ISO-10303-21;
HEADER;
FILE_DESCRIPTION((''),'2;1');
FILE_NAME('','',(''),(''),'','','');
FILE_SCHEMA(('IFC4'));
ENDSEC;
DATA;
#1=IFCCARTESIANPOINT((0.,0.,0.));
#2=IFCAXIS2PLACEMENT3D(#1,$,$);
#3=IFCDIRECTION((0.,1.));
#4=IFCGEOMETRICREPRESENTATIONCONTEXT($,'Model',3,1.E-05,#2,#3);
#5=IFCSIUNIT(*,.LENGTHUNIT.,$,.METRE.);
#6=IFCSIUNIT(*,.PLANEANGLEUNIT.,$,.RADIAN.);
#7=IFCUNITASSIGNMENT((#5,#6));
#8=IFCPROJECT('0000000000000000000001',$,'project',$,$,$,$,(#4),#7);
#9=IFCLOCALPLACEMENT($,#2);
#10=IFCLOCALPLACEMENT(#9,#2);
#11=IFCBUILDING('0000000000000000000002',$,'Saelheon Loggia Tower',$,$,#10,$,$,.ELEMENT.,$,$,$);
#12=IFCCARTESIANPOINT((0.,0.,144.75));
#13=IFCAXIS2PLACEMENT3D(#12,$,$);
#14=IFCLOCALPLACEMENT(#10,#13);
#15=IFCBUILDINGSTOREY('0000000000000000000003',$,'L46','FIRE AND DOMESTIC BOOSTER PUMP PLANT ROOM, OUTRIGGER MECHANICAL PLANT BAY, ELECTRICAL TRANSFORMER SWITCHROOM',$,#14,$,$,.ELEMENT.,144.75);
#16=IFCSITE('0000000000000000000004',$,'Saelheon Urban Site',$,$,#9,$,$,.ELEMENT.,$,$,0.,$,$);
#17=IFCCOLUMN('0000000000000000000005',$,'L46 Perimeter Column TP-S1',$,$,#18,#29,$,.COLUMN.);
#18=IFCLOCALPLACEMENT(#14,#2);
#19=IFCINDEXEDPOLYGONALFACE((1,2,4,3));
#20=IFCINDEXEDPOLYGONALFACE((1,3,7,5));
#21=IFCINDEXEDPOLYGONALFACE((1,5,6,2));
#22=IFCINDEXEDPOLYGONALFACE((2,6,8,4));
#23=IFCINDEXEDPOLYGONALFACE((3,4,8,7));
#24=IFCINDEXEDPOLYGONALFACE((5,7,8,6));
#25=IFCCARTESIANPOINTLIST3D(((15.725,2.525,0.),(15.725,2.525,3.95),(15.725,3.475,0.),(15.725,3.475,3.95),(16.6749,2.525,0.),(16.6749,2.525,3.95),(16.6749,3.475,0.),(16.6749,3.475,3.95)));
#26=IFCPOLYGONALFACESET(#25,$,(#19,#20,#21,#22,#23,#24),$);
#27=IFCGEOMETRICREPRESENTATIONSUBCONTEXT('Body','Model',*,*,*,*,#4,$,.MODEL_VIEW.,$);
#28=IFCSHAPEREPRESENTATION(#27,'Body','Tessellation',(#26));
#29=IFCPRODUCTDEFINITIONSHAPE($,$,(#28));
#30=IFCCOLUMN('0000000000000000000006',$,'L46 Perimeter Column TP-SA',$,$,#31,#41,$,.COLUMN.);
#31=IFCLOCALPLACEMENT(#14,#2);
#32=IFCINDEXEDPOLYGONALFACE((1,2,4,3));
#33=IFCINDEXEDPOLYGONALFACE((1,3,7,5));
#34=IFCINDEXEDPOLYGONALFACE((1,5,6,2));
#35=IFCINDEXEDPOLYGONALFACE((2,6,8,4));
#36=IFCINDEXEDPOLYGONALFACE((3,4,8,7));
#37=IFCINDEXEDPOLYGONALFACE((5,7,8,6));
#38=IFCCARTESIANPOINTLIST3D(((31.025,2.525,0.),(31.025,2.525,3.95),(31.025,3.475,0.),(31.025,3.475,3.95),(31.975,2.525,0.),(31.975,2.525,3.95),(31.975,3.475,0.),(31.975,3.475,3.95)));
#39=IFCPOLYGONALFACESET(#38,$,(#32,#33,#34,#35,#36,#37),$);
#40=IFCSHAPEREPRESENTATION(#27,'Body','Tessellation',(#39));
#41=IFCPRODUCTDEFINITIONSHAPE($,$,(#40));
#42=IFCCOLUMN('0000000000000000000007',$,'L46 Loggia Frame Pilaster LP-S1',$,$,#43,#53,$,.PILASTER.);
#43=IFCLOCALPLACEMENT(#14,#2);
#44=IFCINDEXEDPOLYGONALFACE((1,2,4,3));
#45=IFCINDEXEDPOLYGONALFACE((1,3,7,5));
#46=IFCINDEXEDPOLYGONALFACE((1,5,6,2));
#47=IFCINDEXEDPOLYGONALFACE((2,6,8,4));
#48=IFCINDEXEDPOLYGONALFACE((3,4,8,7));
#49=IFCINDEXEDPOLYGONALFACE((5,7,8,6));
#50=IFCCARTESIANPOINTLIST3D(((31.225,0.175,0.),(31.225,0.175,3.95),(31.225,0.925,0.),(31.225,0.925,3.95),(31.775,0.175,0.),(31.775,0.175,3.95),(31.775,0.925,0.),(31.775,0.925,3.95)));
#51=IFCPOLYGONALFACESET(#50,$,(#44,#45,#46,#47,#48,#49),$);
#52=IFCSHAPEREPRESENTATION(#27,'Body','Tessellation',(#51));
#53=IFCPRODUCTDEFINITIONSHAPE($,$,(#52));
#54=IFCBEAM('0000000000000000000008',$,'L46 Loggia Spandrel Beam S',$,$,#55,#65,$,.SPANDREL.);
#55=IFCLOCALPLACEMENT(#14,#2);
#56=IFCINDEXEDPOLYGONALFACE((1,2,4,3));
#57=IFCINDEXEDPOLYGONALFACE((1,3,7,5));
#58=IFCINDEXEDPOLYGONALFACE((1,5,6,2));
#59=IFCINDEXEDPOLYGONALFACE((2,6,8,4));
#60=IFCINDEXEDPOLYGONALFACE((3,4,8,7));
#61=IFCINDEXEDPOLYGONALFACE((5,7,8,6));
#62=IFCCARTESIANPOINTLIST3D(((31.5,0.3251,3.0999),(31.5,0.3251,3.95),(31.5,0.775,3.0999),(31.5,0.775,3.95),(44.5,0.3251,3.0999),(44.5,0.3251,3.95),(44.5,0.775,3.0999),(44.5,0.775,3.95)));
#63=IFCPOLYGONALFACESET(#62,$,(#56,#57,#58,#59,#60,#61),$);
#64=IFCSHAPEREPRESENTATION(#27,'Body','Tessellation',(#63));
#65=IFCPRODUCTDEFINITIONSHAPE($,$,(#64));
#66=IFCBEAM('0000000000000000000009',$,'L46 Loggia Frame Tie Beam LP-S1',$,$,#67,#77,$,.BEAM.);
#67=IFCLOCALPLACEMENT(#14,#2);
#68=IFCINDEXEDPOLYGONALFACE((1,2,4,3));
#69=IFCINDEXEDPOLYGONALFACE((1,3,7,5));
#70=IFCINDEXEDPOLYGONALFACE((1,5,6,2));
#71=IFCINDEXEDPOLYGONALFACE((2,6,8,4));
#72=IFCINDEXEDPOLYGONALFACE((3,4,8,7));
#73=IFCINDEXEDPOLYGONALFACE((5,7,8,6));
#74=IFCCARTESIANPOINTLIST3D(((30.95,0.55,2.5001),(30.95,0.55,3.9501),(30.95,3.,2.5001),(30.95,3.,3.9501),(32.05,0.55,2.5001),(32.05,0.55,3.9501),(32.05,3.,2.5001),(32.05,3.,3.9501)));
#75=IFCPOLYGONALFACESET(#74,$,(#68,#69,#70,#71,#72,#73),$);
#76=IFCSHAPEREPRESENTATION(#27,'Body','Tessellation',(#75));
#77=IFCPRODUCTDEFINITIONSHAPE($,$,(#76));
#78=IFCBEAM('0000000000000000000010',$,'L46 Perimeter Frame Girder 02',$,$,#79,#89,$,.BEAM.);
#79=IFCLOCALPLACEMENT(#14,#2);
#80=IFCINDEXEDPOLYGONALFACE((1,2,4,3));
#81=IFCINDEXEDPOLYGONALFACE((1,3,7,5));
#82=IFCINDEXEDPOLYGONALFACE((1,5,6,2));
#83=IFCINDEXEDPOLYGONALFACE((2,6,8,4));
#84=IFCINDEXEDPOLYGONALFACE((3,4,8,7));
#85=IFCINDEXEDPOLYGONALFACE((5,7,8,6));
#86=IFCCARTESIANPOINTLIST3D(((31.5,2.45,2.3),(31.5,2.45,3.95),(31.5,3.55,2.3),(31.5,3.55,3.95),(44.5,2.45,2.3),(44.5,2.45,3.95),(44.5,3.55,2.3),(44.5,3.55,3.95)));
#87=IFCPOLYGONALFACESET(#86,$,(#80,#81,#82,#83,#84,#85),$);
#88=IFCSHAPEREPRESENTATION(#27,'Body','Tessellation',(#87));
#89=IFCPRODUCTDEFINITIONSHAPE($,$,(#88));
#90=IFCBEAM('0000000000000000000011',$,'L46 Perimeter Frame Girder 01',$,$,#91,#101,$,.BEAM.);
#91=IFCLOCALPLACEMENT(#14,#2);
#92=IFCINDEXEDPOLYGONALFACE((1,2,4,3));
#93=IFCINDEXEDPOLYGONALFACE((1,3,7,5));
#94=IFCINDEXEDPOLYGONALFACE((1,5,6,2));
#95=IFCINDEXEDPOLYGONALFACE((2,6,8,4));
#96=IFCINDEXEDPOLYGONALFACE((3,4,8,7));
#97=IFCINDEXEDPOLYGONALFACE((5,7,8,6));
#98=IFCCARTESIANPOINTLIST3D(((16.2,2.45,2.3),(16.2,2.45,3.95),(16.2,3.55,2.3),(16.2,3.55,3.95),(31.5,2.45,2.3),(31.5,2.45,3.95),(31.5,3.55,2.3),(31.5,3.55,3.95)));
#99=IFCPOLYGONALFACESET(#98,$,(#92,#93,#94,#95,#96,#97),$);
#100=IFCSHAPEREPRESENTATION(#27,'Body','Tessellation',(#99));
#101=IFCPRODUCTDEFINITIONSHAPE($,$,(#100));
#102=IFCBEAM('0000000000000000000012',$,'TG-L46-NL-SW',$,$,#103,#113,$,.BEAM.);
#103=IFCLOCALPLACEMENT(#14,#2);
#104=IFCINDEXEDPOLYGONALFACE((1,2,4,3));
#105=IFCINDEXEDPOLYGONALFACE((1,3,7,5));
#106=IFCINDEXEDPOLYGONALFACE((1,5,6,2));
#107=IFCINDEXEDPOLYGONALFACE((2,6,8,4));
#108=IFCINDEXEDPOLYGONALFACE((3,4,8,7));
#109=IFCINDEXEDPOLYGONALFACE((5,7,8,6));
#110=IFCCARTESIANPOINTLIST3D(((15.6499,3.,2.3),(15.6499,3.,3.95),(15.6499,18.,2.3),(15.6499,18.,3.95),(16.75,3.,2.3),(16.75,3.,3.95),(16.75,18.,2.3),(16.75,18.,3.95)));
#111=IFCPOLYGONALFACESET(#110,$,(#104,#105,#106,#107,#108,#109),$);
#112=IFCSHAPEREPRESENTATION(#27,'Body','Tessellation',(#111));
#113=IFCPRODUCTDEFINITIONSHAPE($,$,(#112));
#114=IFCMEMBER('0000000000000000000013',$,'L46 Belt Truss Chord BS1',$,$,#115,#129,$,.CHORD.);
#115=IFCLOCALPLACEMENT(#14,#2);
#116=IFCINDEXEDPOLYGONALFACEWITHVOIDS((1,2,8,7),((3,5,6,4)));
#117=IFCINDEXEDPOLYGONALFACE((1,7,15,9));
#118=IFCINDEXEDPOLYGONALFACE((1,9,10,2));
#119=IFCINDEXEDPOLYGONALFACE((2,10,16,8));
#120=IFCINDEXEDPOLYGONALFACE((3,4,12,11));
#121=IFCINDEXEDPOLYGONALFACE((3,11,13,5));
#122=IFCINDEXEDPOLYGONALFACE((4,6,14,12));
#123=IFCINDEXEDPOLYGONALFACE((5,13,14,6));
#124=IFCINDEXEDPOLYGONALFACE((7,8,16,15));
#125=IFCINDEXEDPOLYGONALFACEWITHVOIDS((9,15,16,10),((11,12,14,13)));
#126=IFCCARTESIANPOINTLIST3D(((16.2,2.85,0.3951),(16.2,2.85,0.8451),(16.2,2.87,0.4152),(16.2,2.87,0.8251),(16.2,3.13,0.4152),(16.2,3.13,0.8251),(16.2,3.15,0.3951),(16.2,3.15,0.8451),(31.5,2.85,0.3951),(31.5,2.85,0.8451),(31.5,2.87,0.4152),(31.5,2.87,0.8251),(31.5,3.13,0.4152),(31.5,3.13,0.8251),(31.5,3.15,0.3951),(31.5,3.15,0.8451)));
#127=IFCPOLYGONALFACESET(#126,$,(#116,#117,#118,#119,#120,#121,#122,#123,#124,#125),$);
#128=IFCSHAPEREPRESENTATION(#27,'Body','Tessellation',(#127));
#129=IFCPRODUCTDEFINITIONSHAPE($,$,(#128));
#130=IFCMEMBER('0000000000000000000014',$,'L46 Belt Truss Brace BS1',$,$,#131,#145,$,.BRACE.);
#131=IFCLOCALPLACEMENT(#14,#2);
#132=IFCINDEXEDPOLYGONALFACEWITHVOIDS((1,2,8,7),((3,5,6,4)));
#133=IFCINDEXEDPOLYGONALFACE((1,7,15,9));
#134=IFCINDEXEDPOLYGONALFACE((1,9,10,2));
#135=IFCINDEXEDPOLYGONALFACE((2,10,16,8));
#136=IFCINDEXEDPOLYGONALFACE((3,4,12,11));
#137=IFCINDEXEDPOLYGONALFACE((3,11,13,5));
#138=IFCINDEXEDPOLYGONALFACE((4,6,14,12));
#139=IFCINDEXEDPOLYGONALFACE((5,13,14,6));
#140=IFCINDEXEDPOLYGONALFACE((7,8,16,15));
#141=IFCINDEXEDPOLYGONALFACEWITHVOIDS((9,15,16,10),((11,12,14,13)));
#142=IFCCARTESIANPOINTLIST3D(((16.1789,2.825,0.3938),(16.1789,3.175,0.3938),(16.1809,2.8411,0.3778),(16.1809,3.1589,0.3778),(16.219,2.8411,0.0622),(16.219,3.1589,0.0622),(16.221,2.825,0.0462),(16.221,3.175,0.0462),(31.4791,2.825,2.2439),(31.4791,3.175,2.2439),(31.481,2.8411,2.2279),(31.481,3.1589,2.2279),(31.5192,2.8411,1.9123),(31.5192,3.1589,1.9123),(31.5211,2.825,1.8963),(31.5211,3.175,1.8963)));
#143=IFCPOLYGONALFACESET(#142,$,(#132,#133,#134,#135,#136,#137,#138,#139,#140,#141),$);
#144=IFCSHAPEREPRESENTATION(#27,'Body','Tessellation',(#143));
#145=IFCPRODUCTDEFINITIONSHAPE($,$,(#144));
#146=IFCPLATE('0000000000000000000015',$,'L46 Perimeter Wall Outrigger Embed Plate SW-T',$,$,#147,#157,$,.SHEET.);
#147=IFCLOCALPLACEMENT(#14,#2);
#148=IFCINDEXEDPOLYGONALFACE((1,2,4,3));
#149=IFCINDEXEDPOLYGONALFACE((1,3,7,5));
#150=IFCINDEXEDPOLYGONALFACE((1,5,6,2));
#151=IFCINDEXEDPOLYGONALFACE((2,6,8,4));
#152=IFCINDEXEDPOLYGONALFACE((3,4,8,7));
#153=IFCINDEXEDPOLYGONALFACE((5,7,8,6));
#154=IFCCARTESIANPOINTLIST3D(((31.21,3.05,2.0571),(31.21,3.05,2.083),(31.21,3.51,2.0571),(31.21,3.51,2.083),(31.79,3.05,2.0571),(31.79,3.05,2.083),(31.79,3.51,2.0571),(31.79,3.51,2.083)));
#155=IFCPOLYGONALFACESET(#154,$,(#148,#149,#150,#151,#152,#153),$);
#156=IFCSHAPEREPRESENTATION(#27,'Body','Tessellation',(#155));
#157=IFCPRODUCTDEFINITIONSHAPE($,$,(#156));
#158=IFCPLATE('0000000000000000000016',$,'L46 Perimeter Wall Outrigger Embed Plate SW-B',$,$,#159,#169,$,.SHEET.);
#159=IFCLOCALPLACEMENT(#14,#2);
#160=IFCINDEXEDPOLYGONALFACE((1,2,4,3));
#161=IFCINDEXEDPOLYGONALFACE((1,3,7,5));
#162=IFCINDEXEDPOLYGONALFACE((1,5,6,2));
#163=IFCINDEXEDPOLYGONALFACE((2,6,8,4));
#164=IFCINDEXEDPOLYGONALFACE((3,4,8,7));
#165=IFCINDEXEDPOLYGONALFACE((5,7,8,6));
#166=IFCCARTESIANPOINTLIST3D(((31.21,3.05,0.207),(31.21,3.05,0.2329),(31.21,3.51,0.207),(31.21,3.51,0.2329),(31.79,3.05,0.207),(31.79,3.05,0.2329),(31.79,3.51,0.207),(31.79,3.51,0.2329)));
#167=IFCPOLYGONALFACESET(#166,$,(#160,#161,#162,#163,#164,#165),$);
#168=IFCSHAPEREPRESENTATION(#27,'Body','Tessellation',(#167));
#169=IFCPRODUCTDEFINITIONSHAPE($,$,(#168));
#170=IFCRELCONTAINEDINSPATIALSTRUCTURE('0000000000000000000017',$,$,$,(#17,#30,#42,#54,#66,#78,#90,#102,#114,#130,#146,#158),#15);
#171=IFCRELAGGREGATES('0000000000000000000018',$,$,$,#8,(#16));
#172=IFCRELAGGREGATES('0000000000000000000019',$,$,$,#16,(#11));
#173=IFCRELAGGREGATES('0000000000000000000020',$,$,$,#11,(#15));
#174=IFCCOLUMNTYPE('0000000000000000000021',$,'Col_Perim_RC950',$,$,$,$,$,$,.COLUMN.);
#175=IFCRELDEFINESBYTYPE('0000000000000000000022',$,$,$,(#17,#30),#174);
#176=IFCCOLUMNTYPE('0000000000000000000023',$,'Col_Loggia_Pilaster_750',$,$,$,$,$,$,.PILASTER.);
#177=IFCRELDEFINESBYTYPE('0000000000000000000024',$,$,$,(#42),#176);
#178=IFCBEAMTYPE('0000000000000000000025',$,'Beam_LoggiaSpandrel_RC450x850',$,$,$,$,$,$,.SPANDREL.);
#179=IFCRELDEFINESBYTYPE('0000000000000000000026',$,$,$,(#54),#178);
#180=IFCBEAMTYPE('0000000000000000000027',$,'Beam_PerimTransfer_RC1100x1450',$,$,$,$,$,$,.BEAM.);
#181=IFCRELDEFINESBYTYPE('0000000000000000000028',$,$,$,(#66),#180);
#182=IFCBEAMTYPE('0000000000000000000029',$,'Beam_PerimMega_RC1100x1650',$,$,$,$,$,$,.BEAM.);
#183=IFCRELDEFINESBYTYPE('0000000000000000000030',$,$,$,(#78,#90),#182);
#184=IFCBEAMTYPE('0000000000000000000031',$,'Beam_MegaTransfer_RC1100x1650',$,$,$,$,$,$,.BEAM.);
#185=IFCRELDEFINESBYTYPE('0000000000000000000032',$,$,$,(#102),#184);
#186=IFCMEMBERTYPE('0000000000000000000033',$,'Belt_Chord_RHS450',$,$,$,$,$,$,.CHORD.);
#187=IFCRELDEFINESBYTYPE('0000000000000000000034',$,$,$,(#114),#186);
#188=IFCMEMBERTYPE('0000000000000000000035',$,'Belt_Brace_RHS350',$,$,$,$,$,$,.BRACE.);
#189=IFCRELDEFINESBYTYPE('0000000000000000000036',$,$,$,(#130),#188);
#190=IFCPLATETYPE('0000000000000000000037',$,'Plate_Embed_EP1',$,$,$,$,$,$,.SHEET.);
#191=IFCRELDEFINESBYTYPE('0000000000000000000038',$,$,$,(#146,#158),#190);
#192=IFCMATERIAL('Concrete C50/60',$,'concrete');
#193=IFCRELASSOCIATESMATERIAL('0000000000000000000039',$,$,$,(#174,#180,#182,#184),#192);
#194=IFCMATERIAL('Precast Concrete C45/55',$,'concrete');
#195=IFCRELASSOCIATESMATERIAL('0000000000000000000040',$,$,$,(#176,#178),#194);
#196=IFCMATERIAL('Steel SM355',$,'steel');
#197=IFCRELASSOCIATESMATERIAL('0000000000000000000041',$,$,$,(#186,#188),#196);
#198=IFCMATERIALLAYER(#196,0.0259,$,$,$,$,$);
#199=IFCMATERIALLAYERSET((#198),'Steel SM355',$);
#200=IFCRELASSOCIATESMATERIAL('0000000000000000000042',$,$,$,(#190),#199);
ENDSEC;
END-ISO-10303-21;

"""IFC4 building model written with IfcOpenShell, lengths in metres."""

from ifc_helpers import new_model, si_unit, direction, frame, origin, origin_2d, place, context, subcontext, project, spatial, rectangle, hollow_rectangle, extrude, source, transform, mapped, material, layer, layer_set, material_profile, profile_set, type_object, element, save


model = new_model("IFC4")

# Units and contexts
model_context = context("Model", 3, precision=1e-05, world=origin(), true_north=direction((0.0, 1.0)))
body_context = subcontext(model_context, "Body", "Model", "MODEL_VIEW")
ifc_project = project(units=[si_unit("LENGTHUNIT", "METRE"), si_unit("PLANEANGLEUNIT", "RADIAN")], contexts=[model_context])

# Site, building, storey
site_placement = place(None, origin())
site = spatial("IfcSite", under=ifc_project, at=site_placement, Name="Saelheon Urban Site", CompositionType="ELEMENT", RefElevation=0.0)
building_placement = place(site_placement, origin())
building = spatial("IfcBuilding", under=site, at=building_placement, Name="Saelheon Loggia Tower", CompositionType="ELEMENT")
storey_placement = place(building_placement, frame((0.0, 0.0, 144.75)))
storey = spatial("IfcBuildingStorey", under=building, at=storey_placement, Name="L46", Description="FIRE AND DOMESTIC BOOSTER PUMP PLANT ROOM, OUTRIGGER MECHANICAL PLANT BAY, ELECTRICAL TRANSFORMER SWITCHROOM", CompositionType="ELEMENT", Elevation=144.75)

# Columns
ifc_material_1 = material(Name="Concrete C50/60", Category="concrete")
ifc_material_profile_1 = material_profile(ifc_material_1, rectangle(XDim=0.95, YDim=0.95, at=origin_2d()), Name="RC-950x950")
ifc_profile_set_1 = profile_set([ifc_material_profile_1], Name="Concrete C50/60")
column_type_1 = type_object("IfcColumnType", Name="Col_Perim_RC950", PredefinedType="COLUMN", material=ifc_profile_set_1)
shared_shape_1 = source(origin(), body_context, "Body", "SweptSolid", [
    extrude(rectangle(XDim=0.95, YDim=0.95, at=origin_2d()), origin(), (0.0, 0.0, 1.0), 3.95),
])
for number, where, z_axis, x_axis, name in (
    (1, (16.2, 3.0, 0.0), (0.0, 0.0, 1.0), (1.0, 0.0, 0.0), "L46 Perimeter Column TP-S1"),
    (2, (31.5, 3.0, 0.0), (0.0, 0.0, 1.0), (1.0, 0.0, 0.0), "L46 Perimeter Column TP-SA"),
):
    element("IfcColumn", number, at=place(storey_placement, frame(where, z_axis=z_axis, x_axis=x_axis)), inside=storey, type_object=column_type_1, Name=name, PredefinedType="COLUMN", context=body_context, shape_type="MappedRepresentation", body=[
        mapped(shared_shape_1, transform((0.0, 0.0, 0.0), scale=1.0)),
    ])
ifc_material_2 = material(Name="Precast Concrete C45/55", Category="concrete")
ifc_material_profile_2 = material_profile(ifc_material_2, rectangle(XDim=0.55, YDim=0.75, at=origin_2d()), Name="RC-550x750")
ifc_profile_set_2 = profile_set([ifc_material_profile_2], Name="Precast Concrete C45/55")
column_type_2 = type_object("IfcColumnType", Name="Col_Loggia_Pilaster_750", PredefinedType="PILASTER", material=ifc_profile_set_2)
shared_shape_2 = source(origin(), body_context, "Body", "SweptSolid", [
    extrude(rectangle(XDim=0.55, YDim=0.75, at=origin_2d()), origin(), (0.0, 0.0, 1.0), 3.95),
])
column_placement = place(storey_placement, frame((31.5, 0.55, 0.0), z_axis=(0.0, 0.0, 1.0), x_axis=(1.0, 0.0, 0.0)))
element("IfcColumn", 3, at=column_placement, inside=storey, type_object=column_type_2, Name="L46 Loggia Frame Pilaster LP-S1", PredefinedType="PILASTER", context=body_context, shape_type="MappedRepresentation", body=[
    mapped(shared_shape_2, transform((0.0, 0.0, 0.0), scale=1.0)),
])

# Beams
ifc_material_profile_3 = material_profile(ifc_material_2, rectangle(XDim=0.45, YDim=0.8501, at=origin_2d()), Name="RC-450x850")
ifc_profile_set_3 = profile_set([ifc_material_profile_3], Name="Precast Concrete C45/55")
beam_type_1 = type_object("IfcBeamType", Name="Beam_LoggiaSpandrel_RC450x850", PredefinedType="SPANDREL", material=ifc_profile_set_3)
shared_shape_3 = source(origin(), body_context, "Body", "SweptSolid", [
    extrude(rectangle(XDim=0.45, YDim=0.8501, at=origin_2d()), origin(), (0.0, 0.0, 1.0), 13.0),
])
beam_1_placement = place(storey_placement, frame((31.5, 0.55, 3.5249), z_axis=(1.0, 0.0, 0.0), x_axis=(0.0, 1.0, 0.0)))
element("IfcBeam", 4, at=beam_1_placement, inside=storey, type_object=beam_type_1, Name="L46 Loggia Spandrel Beam S", PredefinedType="SPANDREL", context=body_context, shape_type="MappedRepresentation", body=[
    mapped(shared_shape_3, transform((0.0, 0.0, 0.0), scale=1.0)),
])
ifc_material_profile_4 = material_profile(ifc_material_1, rectangle(XDim=1.1001, YDim=1.45, at=origin_2d()), Name="RC-1100x1450")
ifc_profile_set_4 = profile_set([ifc_material_profile_4], Name="Concrete C50/60")
beam_type_2 = type_object("IfcBeamType", Name="Beam_PerimTransfer_RC1100x1450", PredefinedType="BEAM", material=ifc_profile_set_4)
shared_shape_4 = source(origin(), body_context, "Body", "SweptSolid", [
    extrude(rectangle(XDim=1.1001, YDim=1.45, at=origin_2d()), origin(), (0.0, 0.0, 1.0), 2.45),
])
beam_2_placement = place(storey_placement, frame((31.5, 3.0, 3.2251), z_axis=(0.0, -1.0, 0.0), x_axis=(1.0, 0.0, 0.0)))
element("IfcBeam", 5, at=beam_2_placement, inside=storey, type_object=beam_type_2, Name="L46 Loggia Frame Tie Beam LP-S1", PredefinedType="BEAM", context=body_context, shape_type="MappedRepresentation", body=[
    mapped(shared_shape_4, transform((0.0, 0.0, 0.0), scale=1.0)),
])
ifc_material_profile_5 = material_profile(ifc_material_1, rectangle(XDim=1.1001, YDim=1.6499, at=origin_2d()), Name="RC-1100x1650")
ifc_profile_set_5 = profile_set([ifc_material_profile_5], Name="Concrete C50/60")
beam_type_3 = type_object("IfcBeamType", Name="Beam_PerimMega_RC1100x1650", PredefinedType="BEAM", material=ifc_profile_set_5)
shared_shape_5 = source(origin(), body_context, "Body", "SweptSolid", [
    extrude(rectangle(XDim=1.1001, YDim=1.6499, at=origin_2d()), origin(), (0.0, 0.0, 1.0), 13.0),
])
beam_3_placement = place(storey_placement, frame((31.5, 3.0, 3.125), z_axis=(1.0, 0.0, 0.0), x_axis=(0.0, 1.0, 0.0)))
element("IfcBeam", 6, at=beam_3_placement, inside=storey, type_object=beam_type_3, Name="L46 Perimeter Frame Girder 02", PredefinedType="BEAM", context=body_context, shape_type="MappedRepresentation", body=[
    mapped(shared_shape_5, transform((0.0, 0.0, 0.0), scale=1.0)),
])
shared_shape_6 = source(origin(), body_context, "Body", "SweptSolid", [
    extrude(rectangle(XDim=1.1001, YDim=1.6499, at=origin_2d()), origin(), (0.0, 0.0, 1.0), 15.3),
])
beam_4_placement = place(storey_placement, frame((16.2, 3.0, 3.125), z_axis=(1.0, 0.0, 0.0), x_axis=(0.0, 1.0, 0.0)))
element("IfcBeam", 7, at=beam_4_placement, inside=storey, type_object=beam_type_3, Name="L46 Perimeter Frame Girder 01", PredefinedType="BEAM", context=body_context, shape_type="MappedRepresentation", body=[
    mapped(shared_shape_6, transform((0.0, 0.0, 0.0), scale=1.0)),
])
ifc_material_profile_6 = material_profile(ifc_material_1, rectangle(XDim=1.1001, YDim=1.6499, at=origin_2d()), Name="RC-1100x1650")
ifc_profile_set_6 = profile_set([ifc_material_profile_6], Name="Concrete C50/60")
beam_type_4 = type_object("IfcBeamType", Name="Beam_MegaTransfer_RC1100x1650", PredefinedType="BEAM", material=ifc_profile_set_6)
shared_shape_7 = source(origin(), body_context, "Body", "SweptSolid", [
    extrude(rectangle(XDim=1.1001, YDim=1.6499, at=origin_2d()), origin(), (0.0, 0.0, 1.0), 15.0),
])
beam_5_placement = place(storey_placement, frame((16.2, 3.0, 3.125), z_axis=(0.0, 1.0, 0.0), x_axis=(-1.0, 0.0, 0.0)))
element("IfcBeam", 8, at=beam_5_placement, inside=storey, type_object=beam_type_4, Name="TG-L46-NL-SW", PredefinedType="BEAM", context=body_context, shape_type="MappedRepresentation", body=[
    mapped(shared_shape_7, transform((0.0, 0.0, 0.0), scale=1.0)),
])

# Members
ifc_material_3 = material(Name="Steel SM355", Category="steel")
ifc_material_profile_7 = material_profile(ifc_material_3, hollow_rectangle(XDim=0.3, YDim=0.45, WallThickness=0.02, at=origin_2d()), Name="RHS-450x300x20")
ifc_profile_set_7 = profile_set([ifc_material_profile_7], Name="Steel SM355")
member_type_1 = type_object("IfcMemberType", Name="Belt_Chord_RHS450", PredefinedType="CHORD", material=ifc_profile_set_7)
shared_shape_8 = source(origin(), body_context, "Body", "SweptSolid", [
    extrude(hollow_rectangle(XDim=0.3, YDim=0.45, WallThickness=0.02, at=origin_2d()), origin(), (0.0, 0.0, 1.0), 15.3),
])
member_1_placement = place(storey_placement, frame((16.2, 3.0, 0.6201), z_axis=(1.0, 0.0, 0.0), x_axis=(0.0, 1.0, 0.0)))
element("IfcMember", 9, at=member_1_placement, inside=storey, type_object=member_type_1, Name="L46 Belt Truss Chord BS1", PredefinedType="CHORD", context=body_context, shape_type="MappedRepresentation", body=[
    mapped(shared_shape_8, transform((0.0, 0.0, 0.0), scale=1.0)),
])
ifc_material_profile_8 = material_profile(ifc_material_3, hollow_rectangle(XDim=0.3501, YDim=0.3501, WallThickness=0.0161, at=origin_2d()), Name="RHS-350x350x16")
ifc_profile_set_8 = profile_set([ifc_material_profile_8], Name="Steel SM355")
member_type_2 = type_object("IfcMemberType", Name="Belt_Brace_RHS350", PredefinedType="BRACE", material=ifc_profile_set_8)
shared_shape_9 = source(origin(), body_context, "Body", "SweptSolid", [
    extrude(hollow_rectangle(XDim=0.3501, YDim=0.3501, WallThickness=0.0161, at=origin_2d()), origin(), (0.0, 0.0, 1.0), 15.4116),
])
member_2_placement = place(storey_placement, frame((16.2, 3.0, 0.22), z_axis=(0.992768, 0.0, 0.120047), x_axis=(0.0, 1.0, 0.0)))
element("IfcMember", 10, at=member_2_placement, inside=storey, type_object=member_type_2, Name="L46 Belt Truss Brace BS1", PredefinedType="BRACE", context=body_context, shape_type="MappedRepresentation", body=[
    mapped(shared_shape_9, transform((0.0, 0.0, 0.0), scale=1.0)),
])

# Plates
ifc_layer_1 = layer(ifc_material_3, 0.0259)
ifc_layer_set_1 = layer_set([ifc_layer_1], Name="Steel SM355")
plate_type_1 = type_object("IfcPlateType", Name="Plate_Embed_EP1", PredefinedType="SHEET", material=ifc_layer_set_1)
shared_shape_10 = source(origin(), body_context, "Body", "SweptSolid", [
    extrude(rectangle(XDim=0.5801, YDim=0.46, at=origin_2d()), origin(), (0.0, 0.0, 1.0), 0.0259),
])
for number, where, z_axis, x_axis, name in (
    (11, (31.5, 3.28, 2.0571), (0.0, 0.0, 1.0), (1.0, 0.0, 0.0), "L46 Perimeter Wall Outrigger Embed Plate SW-T"),
    (12, (31.5, 3.28, 0.207), (0.0, 0.0, 1.0), (1.0, 0.0, 0.0), "L46 Perimeter Wall Outrigger Embed Plate SW-B"),
):
    element("IfcPlate", number, at=place(storey_placement, frame(where, z_axis=z_axis, x_axis=x_axis)), inside=storey, type_object=plate_type_1, Name=name, PredefinedType="SHEET", context=body_context, shape_type="MappedRepresentation", body=[
        mapped(shared_shape_10, transform((0.0, 0.0, 0.0), scale=1.0)),
    ])

save(model, "model.ifc")
